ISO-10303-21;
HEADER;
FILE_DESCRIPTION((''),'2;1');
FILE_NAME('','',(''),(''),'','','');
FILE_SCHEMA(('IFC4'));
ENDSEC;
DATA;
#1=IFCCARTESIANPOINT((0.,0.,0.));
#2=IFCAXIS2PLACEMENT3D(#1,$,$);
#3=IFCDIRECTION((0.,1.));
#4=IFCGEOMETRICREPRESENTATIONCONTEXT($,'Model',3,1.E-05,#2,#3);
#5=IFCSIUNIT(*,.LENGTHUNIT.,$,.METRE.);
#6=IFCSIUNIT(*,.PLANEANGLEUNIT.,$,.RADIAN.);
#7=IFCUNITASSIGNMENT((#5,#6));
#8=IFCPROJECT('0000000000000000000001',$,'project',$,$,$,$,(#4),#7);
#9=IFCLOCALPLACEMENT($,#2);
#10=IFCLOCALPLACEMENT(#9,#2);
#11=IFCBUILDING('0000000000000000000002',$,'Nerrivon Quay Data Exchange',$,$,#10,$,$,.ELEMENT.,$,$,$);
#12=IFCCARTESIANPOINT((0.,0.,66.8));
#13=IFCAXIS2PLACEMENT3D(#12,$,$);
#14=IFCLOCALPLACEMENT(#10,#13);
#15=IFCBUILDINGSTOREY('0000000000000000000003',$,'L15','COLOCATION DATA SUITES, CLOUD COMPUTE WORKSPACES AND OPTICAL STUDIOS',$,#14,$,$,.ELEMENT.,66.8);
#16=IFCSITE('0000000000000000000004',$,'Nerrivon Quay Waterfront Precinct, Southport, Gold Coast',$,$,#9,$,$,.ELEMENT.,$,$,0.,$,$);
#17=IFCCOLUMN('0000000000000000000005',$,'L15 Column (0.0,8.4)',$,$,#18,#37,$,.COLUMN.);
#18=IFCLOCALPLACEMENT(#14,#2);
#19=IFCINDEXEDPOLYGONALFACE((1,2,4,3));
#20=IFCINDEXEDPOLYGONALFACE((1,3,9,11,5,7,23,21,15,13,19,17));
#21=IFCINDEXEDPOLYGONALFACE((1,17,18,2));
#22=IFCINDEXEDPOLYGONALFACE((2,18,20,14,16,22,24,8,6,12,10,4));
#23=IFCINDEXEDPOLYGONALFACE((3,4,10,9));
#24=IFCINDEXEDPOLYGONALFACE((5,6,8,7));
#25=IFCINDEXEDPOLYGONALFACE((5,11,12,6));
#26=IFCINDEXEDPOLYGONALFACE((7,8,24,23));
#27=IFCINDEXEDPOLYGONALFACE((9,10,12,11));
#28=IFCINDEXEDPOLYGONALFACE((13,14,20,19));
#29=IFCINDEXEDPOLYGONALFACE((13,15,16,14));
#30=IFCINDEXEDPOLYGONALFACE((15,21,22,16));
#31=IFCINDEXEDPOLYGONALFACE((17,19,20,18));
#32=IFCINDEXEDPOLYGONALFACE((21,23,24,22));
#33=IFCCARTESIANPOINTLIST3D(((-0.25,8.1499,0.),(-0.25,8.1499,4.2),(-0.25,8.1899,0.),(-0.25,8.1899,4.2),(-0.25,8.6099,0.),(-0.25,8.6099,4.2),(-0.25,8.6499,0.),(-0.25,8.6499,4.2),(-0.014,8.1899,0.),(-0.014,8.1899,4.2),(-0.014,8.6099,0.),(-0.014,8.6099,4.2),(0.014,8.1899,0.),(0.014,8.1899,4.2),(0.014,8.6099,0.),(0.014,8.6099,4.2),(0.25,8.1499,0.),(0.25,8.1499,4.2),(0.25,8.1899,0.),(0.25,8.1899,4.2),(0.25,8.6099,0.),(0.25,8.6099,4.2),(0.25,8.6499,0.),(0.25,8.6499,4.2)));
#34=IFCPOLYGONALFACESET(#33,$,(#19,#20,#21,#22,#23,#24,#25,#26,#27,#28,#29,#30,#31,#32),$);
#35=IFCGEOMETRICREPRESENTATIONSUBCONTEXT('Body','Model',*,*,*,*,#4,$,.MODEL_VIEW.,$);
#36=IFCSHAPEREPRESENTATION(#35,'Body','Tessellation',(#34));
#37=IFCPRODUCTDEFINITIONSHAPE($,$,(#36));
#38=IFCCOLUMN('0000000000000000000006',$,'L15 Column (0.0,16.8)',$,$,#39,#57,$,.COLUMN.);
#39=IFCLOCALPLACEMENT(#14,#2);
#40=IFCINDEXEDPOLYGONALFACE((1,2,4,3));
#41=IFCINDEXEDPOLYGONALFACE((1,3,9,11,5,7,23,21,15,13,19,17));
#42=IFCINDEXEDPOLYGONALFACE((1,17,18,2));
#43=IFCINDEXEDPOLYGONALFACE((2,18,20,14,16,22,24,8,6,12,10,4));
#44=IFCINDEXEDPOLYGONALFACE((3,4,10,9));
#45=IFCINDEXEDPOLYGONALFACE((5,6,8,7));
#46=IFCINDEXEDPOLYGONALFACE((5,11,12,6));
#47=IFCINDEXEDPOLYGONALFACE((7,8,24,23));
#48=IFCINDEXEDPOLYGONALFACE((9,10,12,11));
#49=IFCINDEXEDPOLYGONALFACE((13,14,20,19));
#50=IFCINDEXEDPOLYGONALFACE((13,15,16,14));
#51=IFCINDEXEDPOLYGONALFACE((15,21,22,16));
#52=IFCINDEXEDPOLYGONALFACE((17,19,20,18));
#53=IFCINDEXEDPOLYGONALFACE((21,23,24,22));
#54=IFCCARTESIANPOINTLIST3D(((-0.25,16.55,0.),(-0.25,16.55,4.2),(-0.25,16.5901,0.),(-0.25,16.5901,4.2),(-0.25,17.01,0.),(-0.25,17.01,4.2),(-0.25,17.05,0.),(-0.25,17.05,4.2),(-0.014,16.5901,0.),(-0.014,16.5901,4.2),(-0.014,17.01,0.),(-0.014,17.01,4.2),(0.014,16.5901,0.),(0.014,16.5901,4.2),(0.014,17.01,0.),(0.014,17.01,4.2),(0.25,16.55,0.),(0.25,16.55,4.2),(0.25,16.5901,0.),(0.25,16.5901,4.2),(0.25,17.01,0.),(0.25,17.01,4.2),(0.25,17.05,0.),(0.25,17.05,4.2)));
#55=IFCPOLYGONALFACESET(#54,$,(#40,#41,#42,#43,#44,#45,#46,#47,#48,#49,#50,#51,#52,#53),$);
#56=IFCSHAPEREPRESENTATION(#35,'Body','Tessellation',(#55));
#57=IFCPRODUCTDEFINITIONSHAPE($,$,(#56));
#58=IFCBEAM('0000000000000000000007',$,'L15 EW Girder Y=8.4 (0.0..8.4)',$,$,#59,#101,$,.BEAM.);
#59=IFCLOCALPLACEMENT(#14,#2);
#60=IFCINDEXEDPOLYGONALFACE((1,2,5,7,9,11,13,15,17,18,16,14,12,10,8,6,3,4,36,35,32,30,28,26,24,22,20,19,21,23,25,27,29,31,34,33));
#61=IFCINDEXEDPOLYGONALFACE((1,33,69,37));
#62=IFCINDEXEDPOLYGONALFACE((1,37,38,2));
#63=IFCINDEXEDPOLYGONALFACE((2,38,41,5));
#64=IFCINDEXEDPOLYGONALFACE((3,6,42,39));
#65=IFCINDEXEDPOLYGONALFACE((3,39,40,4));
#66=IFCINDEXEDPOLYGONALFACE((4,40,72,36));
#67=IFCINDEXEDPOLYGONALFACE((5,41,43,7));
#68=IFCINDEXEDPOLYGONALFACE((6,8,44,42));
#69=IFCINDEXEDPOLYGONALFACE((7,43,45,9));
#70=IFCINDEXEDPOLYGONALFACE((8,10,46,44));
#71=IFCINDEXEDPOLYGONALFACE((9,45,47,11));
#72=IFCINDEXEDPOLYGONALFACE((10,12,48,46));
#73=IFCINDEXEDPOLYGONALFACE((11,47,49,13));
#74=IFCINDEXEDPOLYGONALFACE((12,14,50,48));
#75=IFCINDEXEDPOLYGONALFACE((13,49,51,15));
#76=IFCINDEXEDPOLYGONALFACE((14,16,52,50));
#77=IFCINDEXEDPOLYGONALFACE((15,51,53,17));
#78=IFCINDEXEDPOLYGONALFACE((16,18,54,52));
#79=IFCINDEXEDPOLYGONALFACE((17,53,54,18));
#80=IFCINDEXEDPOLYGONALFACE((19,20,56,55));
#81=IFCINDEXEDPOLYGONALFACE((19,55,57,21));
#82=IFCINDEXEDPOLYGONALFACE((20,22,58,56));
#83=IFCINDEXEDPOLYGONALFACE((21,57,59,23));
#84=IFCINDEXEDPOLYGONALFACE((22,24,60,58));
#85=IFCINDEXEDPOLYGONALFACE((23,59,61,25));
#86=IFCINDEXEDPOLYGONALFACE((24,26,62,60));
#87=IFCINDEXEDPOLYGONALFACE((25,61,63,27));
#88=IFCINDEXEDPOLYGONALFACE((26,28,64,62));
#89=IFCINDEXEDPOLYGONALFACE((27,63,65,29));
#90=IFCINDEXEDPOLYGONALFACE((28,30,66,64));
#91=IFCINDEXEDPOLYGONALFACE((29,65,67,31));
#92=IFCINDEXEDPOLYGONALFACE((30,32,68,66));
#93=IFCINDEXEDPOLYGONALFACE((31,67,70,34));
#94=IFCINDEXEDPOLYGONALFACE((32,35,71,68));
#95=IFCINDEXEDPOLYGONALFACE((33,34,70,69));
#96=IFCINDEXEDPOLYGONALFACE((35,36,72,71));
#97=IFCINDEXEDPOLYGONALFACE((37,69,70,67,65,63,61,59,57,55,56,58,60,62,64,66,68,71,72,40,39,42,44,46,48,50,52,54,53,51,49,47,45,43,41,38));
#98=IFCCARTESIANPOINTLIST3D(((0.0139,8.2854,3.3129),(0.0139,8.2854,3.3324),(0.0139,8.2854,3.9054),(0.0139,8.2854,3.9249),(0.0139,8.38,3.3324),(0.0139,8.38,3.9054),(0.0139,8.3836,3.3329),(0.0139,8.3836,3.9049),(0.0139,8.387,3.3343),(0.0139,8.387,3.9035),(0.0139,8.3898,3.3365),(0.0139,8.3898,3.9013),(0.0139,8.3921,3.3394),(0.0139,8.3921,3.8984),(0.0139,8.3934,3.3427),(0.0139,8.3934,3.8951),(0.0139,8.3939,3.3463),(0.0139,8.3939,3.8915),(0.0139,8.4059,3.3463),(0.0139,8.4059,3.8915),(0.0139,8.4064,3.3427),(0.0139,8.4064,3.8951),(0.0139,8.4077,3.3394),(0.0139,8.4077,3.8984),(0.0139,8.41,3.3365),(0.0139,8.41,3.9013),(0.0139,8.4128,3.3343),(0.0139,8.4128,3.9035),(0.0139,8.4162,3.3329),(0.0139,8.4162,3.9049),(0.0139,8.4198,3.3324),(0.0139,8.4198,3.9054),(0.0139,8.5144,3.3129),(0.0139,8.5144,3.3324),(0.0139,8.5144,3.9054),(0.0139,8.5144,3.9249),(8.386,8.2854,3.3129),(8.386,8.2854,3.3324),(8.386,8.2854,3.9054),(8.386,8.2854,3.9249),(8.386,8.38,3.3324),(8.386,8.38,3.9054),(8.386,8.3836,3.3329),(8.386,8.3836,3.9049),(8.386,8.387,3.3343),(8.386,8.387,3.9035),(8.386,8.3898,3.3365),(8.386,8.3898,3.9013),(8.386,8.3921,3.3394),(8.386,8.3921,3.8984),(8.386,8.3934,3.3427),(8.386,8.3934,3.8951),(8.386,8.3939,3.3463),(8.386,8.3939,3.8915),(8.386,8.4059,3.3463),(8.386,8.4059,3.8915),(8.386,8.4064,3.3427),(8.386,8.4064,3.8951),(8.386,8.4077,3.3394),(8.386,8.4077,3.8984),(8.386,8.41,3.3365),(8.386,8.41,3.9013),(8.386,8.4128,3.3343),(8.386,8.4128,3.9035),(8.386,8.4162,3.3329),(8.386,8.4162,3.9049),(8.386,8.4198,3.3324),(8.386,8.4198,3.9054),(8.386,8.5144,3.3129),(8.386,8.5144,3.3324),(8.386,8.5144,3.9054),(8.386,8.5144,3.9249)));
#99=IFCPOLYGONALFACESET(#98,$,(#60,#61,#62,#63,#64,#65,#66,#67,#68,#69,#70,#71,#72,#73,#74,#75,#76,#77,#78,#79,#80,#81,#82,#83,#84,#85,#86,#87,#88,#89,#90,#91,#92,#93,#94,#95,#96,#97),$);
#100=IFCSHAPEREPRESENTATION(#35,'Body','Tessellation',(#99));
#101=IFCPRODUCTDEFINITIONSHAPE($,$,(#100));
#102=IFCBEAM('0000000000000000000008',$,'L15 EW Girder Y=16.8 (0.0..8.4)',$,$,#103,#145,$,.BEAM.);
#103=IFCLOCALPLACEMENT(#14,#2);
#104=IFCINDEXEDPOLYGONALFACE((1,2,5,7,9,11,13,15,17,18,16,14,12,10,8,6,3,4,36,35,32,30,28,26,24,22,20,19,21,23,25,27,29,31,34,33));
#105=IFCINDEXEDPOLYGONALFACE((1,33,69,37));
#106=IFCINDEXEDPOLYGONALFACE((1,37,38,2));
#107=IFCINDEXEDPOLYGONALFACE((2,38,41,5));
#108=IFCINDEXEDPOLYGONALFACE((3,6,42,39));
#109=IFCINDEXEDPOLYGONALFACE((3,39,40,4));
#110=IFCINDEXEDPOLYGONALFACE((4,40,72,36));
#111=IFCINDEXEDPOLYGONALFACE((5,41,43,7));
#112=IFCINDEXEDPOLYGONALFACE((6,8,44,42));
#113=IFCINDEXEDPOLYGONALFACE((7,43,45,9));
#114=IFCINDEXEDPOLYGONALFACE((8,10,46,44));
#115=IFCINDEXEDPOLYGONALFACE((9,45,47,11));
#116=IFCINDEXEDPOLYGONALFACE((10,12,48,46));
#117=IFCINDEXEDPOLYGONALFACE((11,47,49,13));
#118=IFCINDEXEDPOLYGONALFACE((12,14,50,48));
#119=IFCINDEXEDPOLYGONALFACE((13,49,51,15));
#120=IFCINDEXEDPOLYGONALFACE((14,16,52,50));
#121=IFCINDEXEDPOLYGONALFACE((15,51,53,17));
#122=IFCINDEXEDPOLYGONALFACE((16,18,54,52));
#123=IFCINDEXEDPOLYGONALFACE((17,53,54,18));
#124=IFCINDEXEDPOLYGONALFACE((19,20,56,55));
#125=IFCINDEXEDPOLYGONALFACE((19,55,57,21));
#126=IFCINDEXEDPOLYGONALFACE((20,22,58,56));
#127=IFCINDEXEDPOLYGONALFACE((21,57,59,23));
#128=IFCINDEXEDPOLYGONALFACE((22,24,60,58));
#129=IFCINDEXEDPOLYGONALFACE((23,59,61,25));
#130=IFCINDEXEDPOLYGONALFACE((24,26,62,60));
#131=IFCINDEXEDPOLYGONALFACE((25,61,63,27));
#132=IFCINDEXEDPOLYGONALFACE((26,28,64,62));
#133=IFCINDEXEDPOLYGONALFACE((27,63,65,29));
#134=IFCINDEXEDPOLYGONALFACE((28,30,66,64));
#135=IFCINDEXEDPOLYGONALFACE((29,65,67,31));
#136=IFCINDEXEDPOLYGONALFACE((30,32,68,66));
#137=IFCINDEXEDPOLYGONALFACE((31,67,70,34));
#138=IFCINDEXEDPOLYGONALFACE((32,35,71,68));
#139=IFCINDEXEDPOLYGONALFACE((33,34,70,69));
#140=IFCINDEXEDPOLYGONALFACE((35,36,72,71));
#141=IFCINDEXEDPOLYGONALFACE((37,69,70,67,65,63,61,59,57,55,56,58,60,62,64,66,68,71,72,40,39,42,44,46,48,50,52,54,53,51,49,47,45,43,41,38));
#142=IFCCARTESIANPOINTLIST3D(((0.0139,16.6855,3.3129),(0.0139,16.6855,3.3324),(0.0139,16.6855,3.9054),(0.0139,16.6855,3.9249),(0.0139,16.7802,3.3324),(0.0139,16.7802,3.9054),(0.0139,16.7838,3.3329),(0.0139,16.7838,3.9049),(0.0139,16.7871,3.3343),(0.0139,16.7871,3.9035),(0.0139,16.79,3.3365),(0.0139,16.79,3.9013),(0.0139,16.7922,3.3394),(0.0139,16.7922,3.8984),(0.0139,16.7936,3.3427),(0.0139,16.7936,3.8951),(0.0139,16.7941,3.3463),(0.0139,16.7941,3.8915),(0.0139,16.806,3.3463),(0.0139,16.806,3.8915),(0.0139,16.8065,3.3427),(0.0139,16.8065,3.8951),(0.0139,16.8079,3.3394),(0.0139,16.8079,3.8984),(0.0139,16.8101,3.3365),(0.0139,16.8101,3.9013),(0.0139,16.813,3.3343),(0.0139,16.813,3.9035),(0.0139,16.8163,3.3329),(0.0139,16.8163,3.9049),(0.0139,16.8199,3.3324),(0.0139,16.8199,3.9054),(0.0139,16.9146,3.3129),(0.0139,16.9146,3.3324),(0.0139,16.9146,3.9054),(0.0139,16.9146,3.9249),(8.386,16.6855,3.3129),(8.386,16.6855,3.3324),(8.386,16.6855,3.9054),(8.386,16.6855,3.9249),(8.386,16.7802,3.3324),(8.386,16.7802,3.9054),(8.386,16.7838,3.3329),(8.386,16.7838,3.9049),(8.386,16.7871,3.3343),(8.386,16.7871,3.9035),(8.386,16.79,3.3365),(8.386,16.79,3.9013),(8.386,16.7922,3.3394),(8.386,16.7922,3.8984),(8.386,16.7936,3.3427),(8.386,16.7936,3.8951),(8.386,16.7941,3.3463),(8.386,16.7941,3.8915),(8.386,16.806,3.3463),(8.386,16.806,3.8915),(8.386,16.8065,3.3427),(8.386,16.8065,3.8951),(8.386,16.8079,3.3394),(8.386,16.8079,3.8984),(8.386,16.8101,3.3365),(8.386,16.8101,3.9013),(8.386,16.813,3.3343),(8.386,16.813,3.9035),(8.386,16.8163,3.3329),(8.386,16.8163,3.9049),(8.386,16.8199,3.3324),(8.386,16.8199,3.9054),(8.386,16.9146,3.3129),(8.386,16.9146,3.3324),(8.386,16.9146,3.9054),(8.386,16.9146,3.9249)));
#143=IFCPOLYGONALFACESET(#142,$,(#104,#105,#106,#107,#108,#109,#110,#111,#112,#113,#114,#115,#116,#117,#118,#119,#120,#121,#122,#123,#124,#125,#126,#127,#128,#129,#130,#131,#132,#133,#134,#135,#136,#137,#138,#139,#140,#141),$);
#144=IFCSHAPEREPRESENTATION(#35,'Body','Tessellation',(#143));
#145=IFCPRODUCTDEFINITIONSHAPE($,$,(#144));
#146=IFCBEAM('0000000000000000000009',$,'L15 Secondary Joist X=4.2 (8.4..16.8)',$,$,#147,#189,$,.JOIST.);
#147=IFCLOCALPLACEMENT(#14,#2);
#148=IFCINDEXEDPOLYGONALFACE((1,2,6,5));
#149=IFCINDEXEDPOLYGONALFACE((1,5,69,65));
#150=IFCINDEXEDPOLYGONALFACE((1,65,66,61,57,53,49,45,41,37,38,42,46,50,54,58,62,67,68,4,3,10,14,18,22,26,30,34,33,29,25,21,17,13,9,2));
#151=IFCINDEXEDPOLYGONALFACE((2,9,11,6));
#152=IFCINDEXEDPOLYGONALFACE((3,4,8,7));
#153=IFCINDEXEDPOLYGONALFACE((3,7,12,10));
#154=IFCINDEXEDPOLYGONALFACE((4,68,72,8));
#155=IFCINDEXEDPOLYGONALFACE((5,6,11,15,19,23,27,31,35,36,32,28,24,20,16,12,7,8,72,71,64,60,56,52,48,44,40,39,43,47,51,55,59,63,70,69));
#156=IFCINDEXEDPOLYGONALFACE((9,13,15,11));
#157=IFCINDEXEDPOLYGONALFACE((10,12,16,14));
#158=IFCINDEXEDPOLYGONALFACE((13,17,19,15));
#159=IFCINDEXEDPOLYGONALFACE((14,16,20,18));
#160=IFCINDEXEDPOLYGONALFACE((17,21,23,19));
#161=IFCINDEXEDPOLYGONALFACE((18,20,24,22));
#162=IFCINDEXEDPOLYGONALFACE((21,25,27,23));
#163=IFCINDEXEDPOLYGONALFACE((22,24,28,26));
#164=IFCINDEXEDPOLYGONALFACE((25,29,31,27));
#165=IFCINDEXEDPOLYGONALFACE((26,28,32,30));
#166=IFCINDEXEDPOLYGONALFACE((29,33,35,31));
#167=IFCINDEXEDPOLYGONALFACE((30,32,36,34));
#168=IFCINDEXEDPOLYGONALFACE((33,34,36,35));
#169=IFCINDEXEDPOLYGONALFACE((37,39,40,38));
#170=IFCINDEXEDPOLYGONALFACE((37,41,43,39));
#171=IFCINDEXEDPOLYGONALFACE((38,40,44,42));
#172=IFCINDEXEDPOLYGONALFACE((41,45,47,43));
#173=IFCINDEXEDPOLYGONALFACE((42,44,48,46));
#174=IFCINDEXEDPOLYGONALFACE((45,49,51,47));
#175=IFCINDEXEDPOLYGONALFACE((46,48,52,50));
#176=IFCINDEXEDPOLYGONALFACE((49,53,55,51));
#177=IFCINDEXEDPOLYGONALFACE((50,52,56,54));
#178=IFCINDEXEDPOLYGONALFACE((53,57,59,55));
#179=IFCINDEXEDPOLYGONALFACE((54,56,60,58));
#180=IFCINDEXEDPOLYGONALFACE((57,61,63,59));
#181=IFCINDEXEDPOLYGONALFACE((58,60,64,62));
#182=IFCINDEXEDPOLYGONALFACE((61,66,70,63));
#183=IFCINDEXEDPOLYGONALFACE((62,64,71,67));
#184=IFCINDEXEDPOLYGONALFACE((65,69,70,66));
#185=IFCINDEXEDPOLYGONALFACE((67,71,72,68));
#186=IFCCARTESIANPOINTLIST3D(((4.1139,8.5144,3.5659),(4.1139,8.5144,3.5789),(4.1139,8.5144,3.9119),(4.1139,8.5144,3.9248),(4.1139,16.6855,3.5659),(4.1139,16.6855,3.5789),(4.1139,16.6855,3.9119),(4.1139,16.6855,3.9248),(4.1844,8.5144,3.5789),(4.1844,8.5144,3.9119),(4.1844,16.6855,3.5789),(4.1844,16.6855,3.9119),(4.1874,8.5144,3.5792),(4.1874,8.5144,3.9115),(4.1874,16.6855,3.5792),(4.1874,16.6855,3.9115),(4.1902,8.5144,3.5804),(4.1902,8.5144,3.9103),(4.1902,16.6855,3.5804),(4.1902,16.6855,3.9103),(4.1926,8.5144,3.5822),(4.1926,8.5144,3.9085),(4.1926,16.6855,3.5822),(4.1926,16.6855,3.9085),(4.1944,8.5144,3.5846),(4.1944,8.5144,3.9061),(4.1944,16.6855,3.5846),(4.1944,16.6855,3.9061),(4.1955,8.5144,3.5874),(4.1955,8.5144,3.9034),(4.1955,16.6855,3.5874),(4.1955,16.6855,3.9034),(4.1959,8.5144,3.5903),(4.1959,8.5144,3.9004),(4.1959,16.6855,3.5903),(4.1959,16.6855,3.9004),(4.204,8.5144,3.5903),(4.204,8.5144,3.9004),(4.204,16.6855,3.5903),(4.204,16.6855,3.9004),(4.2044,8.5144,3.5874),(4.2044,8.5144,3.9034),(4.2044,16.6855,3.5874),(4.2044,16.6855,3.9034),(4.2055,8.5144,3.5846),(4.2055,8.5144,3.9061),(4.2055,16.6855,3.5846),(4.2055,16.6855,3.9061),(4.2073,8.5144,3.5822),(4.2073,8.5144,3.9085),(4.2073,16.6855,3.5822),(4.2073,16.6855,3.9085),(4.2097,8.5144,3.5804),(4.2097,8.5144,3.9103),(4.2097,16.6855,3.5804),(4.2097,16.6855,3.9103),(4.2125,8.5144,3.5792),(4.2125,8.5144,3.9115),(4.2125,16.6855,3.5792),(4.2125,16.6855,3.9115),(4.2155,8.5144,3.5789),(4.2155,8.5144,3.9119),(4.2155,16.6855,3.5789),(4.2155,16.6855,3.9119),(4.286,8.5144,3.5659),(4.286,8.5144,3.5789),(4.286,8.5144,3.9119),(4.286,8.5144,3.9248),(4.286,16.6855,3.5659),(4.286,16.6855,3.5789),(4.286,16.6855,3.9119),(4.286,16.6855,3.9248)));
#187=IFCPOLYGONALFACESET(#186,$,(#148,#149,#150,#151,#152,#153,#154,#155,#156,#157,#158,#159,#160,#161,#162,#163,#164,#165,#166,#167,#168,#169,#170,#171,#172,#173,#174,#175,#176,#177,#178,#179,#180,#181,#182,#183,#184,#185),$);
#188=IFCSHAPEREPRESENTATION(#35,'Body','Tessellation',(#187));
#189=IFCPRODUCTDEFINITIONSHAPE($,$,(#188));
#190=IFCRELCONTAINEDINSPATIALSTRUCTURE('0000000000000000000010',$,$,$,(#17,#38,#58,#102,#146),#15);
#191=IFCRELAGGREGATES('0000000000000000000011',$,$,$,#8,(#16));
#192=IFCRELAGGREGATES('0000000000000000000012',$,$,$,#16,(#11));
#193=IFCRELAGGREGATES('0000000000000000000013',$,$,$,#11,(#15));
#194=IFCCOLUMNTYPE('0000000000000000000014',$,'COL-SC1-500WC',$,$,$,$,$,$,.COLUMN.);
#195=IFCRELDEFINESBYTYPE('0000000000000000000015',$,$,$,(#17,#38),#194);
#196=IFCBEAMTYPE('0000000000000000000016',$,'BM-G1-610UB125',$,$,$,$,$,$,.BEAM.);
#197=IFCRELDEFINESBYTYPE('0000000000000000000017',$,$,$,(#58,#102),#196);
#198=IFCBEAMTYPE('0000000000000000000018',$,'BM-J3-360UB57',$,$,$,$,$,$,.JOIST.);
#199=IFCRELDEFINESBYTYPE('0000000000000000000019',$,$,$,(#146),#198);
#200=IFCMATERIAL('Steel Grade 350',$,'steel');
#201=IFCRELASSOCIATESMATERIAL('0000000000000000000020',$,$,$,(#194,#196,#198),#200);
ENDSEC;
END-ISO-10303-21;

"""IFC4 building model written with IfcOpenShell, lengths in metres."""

from ifc_helpers import new_model, si_unit, direction, frame, origin, origin_2d, place, context, subcontext, project, spatial, i_section, extrude, material, material_profile, profile_set, type_object, element, save


model = new_model("IFC4")

# Units and contexts
model_context = context("Model", 3, precision=1e-05, world=origin(), true_north=direction((0.0, 1.0)))
body_context = subcontext(model_context, "Body", "Model", "MODEL_VIEW")
ifc_project = project(units=[si_unit("LENGTHUNIT", "METRE"), si_unit("PLANEANGLEUNIT", "RADIAN")], contexts=[model_context])

# Site, building, storey
site_placement = place(None, origin())
site = spatial("IfcSite", under=ifc_project, at=site_placement, Name="Nerrivon Quay Waterfront Precinct, Southport, Gold Coast", CompositionType="ELEMENT", RefElevation=0.0)
building_placement = place(site_placement, origin())
building = spatial("IfcBuilding", under=site, at=building_placement, Name="Nerrivon Quay Data Exchange", CompositionType="ELEMENT")
storey_placement = place(building_placement, frame((0.0, 0.0, 66.8)))
storey = spatial("IfcBuildingStorey", under=building, at=storey_placement, Name="L15", Description="COLOCATION DATA SUITES, CLOUD COMPUTE WORKSPACES AND OPTICAL STUDIOS", CompositionType="ELEMENT", Elevation=66.8)

# Columns
ifc_material_1 = material(Name="Steel Grade 350", Category="steel")
ifc_material_profile_1 = material_profile(ifc_material_1, i_section(OverallWidth=0.5, OverallDepth=0.5, WebThickness=0.0281, FlangeThickness=0.04, at=origin_2d()), Name="500WC440")
ifc_profile_set_1 = profile_set([ifc_material_profile_1], Name="Steel Grade 350")
column_type = type_object("IfcColumnType", Name="COL-SC1-500WC", PredefinedType="COLUMN", material=ifc_profile_set_1)
for number, where, z_axis, x_axis, name in (
    (1, (0.0, 8.3999, 0.0), (0.0, 0.0, 1.0), (1.0, 0.0, 0.0), "L15 Column (0.0,8.4)"),
    (2, (0.0, 16.8, 0.0), (0.0, 0.0, 1.0), (1.0, 0.0, 0.0), "L15 Column (0.0,16.8)"),
):
    element("IfcColumn", number, at=place(storey_placement, frame(where, z_axis=z_axis, x_axis=x_axis)), inside=storey, type_object=column_type, Name=name, PredefinedType="COLUMN", context=body_context, shape_type="SweptSolid", body=[
        extrude(i_section(OverallWidth=0.5, OverallDepth=0.5, WebThickness=0.0281, FlangeThickness=0.04, at=origin_2d()), origin(), (0.0, 0.0, 1.0), 4.2),
    ])

# Beams
ifc_material_profile_2 = material_profile(ifc_material_1, i_section(OverallWidth=0.229, OverallDepth=0.6121, WebThickness=0.012, FlangeThickness=0.0195, FilletRadius=0.0139, at=origin_2d()), Name="610UB125")
ifc_profile_set_2 = profile_set([ifc_material_profile_2], Name="Steel Grade 350")
beam_type_1 = type_object("IfcBeamType", Name="BM-G1-610UB125", PredefinedType="BEAM", material=ifc_profile_set_2)
for number, where, z_axis, x_axis, name in (
    (3, (0.0139, 8.3999, 3.6189), (1.0, 0.0, 0.0), (0.0, 1.0, 0.0), "L15 EW Girder Y=8.4 (0.0..8.4)"),
    (4, (0.0139, 16.8, 3.6189), (1.0, 0.0, 0.0), (0.0, 1.0, 0.0), "L15 EW Girder Y=16.8 (0.0..8.4)"),
):
    element("IfcBeam", number, at=place(storey_placement, frame(where, z_axis=z_axis, x_axis=x_axis)), inside=storey, type_object=beam_type_1, Name=name, PredefinedType="BEAM", context=body_context, shape_type="SweptSolid", body=[
        extrude(i_section(OverallWidth=0.229, OverallDepth=0.6121, WebThickness=0.012, FlangeThickness=0.0195, FilletRadius=0.0139, at=origin_2d()), origin(), (0.0, 0.0, 1.0), 8.3721),
    ])
ifc_material_profile_3 = material_profile(ifc_material_1, i_section(OverallWidth=0.1721, OverallDepth=0.3589, WebThickness=0.0081, FlangeThickness=0.0129, FilletRadius=0.0115, at=origin_2d()), Name="360UB56.7")
ifc_profile_set_3 = profile_set([ifc_material_profile_3], Name="Steel Grade 350")
beam_type_2 = type_object("IfcBeamType", Name="BM-J3-360UB57", PredefinedType="JOIST", material=ifc_profile_set_3)
beam_1_placement = place(storey_placement, frame((4.2, 8.5144, 3.7454), z_axis=(0.0, 1.0, 0.0), x_axis=(-1.0, 0.0, 0.0)))
element("IfcBeam", 5, at=beam_1_placement, inside=storey, type_object=beam_type_2, Name="L15 Secondary Joist X=4.2 (8.4..16.8)", PredefinedType="JOIST", context=body_context, shape_type="SweptSolid", body=[
    extrude(i_section(OverallWidth=0.1721, OverallDepth=0.3589, WebThickness=0.0081, FlangeThickness=0.0129, FilletRadius=0.0115, at=origin_2d()), origin(), (0.0, 0.0, 1.0), 8.1711),
])

save(model, "model.ifc")
